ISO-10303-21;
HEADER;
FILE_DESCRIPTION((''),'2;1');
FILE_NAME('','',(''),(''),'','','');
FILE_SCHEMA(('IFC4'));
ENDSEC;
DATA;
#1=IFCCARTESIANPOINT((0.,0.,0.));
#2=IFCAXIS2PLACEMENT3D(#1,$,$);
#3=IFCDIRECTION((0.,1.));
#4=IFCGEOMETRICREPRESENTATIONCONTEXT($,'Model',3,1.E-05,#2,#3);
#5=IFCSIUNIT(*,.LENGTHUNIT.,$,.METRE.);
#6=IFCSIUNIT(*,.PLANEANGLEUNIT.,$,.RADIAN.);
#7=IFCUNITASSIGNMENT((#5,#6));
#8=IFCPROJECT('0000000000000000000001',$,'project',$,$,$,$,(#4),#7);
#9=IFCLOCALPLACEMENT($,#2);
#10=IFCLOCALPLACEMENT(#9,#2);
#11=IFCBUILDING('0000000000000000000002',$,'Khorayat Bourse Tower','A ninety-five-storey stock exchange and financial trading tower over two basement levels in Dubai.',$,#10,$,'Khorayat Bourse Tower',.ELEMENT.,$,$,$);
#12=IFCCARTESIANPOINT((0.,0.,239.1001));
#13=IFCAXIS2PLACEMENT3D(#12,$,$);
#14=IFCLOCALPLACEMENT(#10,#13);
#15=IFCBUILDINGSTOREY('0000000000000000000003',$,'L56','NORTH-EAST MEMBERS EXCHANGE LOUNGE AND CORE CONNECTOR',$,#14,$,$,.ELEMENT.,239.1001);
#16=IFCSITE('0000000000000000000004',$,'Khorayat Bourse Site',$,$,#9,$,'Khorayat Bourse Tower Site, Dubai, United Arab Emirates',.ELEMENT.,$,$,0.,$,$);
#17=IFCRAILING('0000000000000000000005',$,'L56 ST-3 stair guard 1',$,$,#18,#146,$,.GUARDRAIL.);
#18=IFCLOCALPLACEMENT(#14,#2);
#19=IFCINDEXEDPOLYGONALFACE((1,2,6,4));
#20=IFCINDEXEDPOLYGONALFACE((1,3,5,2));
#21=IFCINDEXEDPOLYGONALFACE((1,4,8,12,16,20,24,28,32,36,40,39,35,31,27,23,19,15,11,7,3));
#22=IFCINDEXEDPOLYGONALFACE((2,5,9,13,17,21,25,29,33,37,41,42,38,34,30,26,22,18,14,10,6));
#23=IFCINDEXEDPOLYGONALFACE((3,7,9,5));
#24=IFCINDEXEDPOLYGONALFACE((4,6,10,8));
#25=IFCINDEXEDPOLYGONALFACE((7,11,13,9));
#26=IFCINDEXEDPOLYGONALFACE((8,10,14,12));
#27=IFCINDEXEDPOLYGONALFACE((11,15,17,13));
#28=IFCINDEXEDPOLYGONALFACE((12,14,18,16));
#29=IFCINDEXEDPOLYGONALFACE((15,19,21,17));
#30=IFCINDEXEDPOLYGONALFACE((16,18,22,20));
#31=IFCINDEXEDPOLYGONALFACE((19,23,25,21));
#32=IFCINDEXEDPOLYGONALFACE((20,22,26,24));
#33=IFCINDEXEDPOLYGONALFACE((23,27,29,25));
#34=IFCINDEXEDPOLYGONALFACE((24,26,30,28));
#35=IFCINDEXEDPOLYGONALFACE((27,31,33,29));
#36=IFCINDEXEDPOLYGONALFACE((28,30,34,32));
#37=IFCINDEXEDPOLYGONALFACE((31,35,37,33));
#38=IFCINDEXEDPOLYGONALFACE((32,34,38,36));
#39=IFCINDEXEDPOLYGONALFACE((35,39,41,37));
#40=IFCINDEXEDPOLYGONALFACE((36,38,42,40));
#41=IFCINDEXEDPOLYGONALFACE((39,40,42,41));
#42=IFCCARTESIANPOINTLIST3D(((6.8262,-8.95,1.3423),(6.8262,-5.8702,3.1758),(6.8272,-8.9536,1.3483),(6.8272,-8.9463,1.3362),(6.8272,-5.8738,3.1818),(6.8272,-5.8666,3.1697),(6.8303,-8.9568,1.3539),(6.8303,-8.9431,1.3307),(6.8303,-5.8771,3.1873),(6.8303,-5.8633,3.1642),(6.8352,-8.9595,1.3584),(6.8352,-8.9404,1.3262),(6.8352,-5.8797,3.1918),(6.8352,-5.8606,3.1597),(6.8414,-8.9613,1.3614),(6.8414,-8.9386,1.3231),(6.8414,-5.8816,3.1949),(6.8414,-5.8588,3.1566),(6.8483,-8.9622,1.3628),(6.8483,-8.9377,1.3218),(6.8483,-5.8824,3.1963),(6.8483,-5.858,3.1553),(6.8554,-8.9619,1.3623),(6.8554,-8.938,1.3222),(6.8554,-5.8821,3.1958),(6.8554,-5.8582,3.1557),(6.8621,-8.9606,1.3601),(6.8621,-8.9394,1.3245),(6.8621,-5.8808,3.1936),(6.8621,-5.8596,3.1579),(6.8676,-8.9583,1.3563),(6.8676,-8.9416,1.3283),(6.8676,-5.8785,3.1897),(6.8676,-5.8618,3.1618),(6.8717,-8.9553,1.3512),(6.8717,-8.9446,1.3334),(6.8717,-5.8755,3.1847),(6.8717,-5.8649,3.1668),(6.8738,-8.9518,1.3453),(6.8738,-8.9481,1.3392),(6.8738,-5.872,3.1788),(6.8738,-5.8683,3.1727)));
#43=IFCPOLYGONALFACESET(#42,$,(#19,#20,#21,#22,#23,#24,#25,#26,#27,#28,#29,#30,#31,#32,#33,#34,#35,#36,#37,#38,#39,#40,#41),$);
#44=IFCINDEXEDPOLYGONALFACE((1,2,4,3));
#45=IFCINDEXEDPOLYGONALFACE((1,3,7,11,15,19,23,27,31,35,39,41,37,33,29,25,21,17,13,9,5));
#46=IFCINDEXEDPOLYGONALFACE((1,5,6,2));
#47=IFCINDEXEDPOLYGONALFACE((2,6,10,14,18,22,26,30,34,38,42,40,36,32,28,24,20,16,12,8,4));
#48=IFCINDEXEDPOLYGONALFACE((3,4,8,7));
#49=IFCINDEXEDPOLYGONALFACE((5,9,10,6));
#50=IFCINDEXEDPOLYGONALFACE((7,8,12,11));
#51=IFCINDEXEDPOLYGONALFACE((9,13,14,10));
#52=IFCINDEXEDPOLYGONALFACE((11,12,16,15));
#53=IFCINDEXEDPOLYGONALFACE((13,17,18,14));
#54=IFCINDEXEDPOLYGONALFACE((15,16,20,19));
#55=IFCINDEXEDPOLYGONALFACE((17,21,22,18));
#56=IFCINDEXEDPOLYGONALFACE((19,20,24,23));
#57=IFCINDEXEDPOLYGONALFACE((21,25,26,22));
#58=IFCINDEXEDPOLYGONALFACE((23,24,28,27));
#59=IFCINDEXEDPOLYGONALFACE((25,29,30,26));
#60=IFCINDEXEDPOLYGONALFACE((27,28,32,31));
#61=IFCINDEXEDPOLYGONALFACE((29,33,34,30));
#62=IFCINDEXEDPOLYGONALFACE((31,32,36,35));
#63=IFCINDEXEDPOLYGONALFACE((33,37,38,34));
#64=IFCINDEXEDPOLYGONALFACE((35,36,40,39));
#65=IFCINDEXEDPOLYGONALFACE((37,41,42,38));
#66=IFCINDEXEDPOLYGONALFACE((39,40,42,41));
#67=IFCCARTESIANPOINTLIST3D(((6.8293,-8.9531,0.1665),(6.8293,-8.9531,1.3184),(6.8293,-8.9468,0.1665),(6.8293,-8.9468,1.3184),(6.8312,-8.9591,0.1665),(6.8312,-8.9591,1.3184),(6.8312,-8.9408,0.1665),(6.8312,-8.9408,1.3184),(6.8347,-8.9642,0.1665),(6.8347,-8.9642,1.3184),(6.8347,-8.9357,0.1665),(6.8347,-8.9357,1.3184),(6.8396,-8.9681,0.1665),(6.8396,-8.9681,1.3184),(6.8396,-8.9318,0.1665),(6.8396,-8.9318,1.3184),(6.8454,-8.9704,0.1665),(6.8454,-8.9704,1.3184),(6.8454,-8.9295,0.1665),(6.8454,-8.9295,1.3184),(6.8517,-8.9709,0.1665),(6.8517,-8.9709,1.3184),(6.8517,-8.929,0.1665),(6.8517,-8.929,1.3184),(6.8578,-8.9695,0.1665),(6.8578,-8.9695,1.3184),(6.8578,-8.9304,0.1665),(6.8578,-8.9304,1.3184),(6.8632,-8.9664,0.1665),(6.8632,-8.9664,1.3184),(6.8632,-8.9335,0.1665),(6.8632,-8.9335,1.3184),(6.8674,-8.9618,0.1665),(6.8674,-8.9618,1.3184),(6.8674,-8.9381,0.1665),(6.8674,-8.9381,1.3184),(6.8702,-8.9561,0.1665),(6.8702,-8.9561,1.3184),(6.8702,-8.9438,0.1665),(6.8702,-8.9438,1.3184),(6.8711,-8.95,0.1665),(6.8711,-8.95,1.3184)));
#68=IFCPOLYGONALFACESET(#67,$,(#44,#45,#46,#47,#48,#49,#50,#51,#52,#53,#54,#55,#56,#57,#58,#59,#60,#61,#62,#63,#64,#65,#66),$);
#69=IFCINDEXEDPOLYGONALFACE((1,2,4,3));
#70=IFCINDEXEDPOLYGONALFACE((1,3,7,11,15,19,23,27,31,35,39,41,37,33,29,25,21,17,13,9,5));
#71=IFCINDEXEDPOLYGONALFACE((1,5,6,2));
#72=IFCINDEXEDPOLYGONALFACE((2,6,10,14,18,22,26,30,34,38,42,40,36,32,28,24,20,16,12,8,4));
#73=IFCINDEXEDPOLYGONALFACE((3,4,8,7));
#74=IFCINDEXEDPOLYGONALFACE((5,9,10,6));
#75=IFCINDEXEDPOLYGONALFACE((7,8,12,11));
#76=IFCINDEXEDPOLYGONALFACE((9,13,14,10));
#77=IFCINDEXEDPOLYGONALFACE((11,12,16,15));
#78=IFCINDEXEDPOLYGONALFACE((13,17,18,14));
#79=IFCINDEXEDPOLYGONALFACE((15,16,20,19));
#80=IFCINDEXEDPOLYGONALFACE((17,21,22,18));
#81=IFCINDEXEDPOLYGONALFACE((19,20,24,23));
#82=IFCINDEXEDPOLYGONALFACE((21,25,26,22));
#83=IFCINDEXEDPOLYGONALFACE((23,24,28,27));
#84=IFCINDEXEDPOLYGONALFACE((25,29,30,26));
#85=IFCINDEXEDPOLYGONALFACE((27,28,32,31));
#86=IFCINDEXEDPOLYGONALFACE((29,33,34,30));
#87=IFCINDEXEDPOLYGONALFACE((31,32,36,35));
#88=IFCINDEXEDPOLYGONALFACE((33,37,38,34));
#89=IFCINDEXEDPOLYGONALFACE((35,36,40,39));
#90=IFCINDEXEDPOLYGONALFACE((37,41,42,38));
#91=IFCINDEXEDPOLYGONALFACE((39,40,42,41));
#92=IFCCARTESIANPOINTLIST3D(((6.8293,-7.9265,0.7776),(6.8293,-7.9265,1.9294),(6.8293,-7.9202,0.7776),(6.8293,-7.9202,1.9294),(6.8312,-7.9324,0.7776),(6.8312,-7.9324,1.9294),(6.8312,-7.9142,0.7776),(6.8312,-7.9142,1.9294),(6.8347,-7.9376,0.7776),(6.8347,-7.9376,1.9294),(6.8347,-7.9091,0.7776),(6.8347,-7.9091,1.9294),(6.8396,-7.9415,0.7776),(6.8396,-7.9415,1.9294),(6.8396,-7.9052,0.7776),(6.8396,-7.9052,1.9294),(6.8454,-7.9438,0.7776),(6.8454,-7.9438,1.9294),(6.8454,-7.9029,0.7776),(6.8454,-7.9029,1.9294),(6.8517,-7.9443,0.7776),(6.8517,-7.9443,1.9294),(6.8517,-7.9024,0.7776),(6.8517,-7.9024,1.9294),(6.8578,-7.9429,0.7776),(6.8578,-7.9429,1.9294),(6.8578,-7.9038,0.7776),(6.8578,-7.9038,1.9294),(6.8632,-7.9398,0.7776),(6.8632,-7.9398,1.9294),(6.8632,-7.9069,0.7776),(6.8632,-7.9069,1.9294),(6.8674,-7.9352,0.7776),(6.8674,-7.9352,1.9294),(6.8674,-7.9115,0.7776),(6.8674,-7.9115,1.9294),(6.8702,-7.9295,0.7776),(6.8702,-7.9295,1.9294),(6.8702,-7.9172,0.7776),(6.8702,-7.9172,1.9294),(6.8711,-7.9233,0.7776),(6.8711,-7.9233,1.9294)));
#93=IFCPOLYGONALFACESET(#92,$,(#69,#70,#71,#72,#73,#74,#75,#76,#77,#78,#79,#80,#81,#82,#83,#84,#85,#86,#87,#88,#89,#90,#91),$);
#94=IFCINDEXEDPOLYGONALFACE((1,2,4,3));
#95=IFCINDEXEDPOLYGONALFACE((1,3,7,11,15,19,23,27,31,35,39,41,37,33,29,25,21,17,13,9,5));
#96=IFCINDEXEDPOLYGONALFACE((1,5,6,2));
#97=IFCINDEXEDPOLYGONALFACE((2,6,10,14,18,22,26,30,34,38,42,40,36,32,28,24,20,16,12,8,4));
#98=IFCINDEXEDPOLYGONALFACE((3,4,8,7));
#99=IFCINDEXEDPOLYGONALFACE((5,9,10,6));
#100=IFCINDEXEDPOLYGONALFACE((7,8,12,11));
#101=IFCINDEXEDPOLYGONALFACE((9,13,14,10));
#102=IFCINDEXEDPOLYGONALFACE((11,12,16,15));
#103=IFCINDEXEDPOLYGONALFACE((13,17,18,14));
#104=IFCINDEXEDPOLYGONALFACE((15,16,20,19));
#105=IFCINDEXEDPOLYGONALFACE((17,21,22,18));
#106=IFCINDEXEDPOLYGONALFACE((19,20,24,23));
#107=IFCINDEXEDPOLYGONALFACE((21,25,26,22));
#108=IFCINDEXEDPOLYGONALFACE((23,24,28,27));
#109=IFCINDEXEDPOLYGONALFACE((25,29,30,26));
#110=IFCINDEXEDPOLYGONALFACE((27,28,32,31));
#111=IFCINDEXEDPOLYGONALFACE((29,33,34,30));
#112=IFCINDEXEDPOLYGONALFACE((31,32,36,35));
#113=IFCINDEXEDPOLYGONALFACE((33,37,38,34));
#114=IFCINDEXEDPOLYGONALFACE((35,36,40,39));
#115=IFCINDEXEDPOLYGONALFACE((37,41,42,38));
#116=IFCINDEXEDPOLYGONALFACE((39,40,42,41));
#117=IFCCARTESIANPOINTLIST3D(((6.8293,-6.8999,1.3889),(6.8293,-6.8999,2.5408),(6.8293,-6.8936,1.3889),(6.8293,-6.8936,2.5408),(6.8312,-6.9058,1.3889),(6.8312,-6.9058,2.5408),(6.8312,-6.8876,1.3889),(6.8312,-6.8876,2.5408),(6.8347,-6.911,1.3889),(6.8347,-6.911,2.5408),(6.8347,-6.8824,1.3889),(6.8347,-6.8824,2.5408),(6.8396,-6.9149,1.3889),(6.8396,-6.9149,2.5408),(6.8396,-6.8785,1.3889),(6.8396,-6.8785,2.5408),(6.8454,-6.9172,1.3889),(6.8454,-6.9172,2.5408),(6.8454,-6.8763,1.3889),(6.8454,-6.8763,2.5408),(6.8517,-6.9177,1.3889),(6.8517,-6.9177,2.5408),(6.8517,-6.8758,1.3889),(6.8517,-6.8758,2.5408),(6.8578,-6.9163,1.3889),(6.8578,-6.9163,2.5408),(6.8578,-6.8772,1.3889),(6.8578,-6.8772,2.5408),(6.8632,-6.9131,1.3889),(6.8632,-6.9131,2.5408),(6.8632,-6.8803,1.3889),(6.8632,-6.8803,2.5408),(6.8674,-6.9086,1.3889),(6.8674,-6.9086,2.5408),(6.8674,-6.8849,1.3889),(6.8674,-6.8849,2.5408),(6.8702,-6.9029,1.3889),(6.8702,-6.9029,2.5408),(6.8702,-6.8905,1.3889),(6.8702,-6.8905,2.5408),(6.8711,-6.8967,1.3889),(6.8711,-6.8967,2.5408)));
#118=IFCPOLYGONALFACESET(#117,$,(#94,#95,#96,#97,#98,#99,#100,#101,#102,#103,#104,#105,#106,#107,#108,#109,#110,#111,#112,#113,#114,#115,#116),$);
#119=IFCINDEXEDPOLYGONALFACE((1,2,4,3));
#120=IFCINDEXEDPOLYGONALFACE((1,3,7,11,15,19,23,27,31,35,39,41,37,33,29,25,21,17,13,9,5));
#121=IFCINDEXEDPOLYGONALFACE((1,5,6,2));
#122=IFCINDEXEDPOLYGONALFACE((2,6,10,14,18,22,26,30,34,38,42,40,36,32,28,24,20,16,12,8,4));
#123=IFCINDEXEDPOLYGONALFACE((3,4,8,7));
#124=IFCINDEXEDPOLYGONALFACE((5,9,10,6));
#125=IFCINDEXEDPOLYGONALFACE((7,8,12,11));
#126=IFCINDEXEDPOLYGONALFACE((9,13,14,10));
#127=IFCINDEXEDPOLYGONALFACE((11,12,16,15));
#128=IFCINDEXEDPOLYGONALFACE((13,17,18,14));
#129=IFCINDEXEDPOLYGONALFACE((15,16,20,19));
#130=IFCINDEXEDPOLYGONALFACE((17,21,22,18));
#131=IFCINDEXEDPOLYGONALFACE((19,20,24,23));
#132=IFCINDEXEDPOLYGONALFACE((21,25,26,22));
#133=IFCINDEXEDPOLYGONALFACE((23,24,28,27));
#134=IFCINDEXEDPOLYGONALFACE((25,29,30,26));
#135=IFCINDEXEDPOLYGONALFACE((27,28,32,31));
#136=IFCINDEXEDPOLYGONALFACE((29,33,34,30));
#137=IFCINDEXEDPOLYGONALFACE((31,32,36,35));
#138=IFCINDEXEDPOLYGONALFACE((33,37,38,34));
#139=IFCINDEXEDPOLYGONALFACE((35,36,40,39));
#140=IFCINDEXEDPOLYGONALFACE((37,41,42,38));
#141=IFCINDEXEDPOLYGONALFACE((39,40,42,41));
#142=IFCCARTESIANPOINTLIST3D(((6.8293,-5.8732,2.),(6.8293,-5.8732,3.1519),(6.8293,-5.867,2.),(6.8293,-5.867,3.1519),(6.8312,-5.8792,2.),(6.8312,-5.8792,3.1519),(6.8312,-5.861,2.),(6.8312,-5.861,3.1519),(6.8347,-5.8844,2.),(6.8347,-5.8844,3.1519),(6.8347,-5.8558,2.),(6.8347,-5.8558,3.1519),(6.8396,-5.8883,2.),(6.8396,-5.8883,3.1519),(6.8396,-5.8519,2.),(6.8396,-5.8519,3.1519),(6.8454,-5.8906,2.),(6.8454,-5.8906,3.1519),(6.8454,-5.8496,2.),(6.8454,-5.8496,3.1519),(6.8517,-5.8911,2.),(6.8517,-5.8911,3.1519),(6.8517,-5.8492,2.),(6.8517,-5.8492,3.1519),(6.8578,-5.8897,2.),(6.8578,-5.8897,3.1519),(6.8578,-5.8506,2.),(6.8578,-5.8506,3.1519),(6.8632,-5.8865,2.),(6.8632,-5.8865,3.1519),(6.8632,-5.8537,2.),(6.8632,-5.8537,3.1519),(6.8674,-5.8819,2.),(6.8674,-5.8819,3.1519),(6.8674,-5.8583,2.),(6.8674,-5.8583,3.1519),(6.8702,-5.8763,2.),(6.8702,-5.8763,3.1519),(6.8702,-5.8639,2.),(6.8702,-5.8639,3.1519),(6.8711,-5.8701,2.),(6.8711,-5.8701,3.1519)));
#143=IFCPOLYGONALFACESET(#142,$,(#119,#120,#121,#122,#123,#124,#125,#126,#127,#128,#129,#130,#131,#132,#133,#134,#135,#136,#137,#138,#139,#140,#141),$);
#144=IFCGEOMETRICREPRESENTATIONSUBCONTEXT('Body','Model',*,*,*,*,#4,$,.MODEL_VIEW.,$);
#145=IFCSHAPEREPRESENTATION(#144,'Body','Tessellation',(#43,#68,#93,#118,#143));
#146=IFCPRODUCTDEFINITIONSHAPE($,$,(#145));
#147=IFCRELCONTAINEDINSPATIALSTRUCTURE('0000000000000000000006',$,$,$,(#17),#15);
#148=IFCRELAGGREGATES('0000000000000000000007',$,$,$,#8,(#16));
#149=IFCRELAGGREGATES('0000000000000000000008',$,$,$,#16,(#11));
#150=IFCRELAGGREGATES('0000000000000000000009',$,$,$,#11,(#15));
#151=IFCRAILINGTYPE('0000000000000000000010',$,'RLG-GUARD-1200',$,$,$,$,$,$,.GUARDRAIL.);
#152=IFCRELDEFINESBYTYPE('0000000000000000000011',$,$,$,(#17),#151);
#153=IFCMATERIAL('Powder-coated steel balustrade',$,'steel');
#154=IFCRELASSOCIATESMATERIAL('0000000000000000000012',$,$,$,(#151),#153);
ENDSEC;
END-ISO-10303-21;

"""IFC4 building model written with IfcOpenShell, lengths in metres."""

from ifc_helpers import new_model, si_unit, direction, frame, origin, origin_2d, place, context, subcontext, project, spatial, circle, extrude, source, transform, mapped, material, type_object, element, save


model = new_model("IFC4")

# Units and contexts
model_context = context("Model", 3, precision=1e-05, world=origin(), true_north=direction((0.0, 1.0)))
body_context = subcontext(model_context, "Body", "Model", "MODEL_VIEW")
ifc_project = project(units=[si_unit("LENGTHUNIT", "METRE"), si_unit("PLANEANGLEUNIT", "RADIAN")], contexts=[model_context])

# Site, building, storey
site_placement = place(None, origin())
site = spatial("IfcSite", under=ifc_project, at=site_placement, Name="Khorayat Bourse Site", LongName="Khorayat Bourse Tower Site, Dubai, United Arab Emirates", CompositionType="ELEMENT", RefElevation=0.0)
building_placement = place(site_placement, origin())
building = spatial("IfcBuilding", under=site, at=building_placement, Name="Khorayat Bourse Tower", Description="A ninety-five-storey stock exchange and financial trading tower over two basement levels in Dubai.", LongName="Khorayat Bourse Tower", CompositionType="ELEMENT")
storey_placement = place(building_placement, frame((0.0, 0.0, 239.1001)))
storey = spatial("IfcBuildingStorey", under=building, at=storey_placement, Name="L56", Description="NORTH-EAST MEMBERS EXCHANGE LOUNGE AND CORE CONNECTOR", CompositionType="ELEMENT", Elevation=239.1001)

# Railing
ifc_material_1 = material(Name="Powder-coated steel balustrade", Category="steel")
railing_type_1 = type_object("IfcRailingType", Name="RLG-GUARD-1200", PredefinedType="GUARDRAIL", material=ifc_material_1)
shared_shape_1 = source(origin(), body_context, "Body", "SweptSolid", [
    extrude(circle(Radius=0.0239, at=origin_2d()), frame((0.0, 0.0, 1.1758), z_axis=(0.0, 0.859261, 0.511538), x_axis=(-1.0, 0.0, 0.0)), (0.0, 0.0, 1.0), 3.5842),
    extrude(circle(Radius=0.021, at=origin_2d()), origin(), (0.0, 0.0, 1.0), 1.1519),
    extrude(circle(Radius=0.021, at=origin_2d()), frame((0.0, 1.0266, 0.6111)), (0.0, 0.0, 1.0), 1.1519),
    extrude(circle(Radius=0.021, at=origin_2d()), frame((0.0, 2.0532, 1.2224)), (0.0, 0.0, 1.0), 1.1519),
    extrude(circle(Radius=0.021, at=origin_2d()), frame((0.0, 3.0798, 1.8335)), (0.0, 0.0, 1.0), 1.1519),
])
railing_1_placement = place(storey_placement, frame((6.8501, -8.95, 0.1665)))
element("IfcRailing", 1, at=railing_1_placement, inside=storey, type_object=railing_type_1, Name="L56 ST-3 stair guard 1", PredefinedType="GUARDRAIL", context=body_context, shape_type="MappedRepresentation", body=[
    mapped(shared_shape_1, transform((0.0, 0.0, 0.0), scale=1.0)),
])

save(model, "model.ifc")
